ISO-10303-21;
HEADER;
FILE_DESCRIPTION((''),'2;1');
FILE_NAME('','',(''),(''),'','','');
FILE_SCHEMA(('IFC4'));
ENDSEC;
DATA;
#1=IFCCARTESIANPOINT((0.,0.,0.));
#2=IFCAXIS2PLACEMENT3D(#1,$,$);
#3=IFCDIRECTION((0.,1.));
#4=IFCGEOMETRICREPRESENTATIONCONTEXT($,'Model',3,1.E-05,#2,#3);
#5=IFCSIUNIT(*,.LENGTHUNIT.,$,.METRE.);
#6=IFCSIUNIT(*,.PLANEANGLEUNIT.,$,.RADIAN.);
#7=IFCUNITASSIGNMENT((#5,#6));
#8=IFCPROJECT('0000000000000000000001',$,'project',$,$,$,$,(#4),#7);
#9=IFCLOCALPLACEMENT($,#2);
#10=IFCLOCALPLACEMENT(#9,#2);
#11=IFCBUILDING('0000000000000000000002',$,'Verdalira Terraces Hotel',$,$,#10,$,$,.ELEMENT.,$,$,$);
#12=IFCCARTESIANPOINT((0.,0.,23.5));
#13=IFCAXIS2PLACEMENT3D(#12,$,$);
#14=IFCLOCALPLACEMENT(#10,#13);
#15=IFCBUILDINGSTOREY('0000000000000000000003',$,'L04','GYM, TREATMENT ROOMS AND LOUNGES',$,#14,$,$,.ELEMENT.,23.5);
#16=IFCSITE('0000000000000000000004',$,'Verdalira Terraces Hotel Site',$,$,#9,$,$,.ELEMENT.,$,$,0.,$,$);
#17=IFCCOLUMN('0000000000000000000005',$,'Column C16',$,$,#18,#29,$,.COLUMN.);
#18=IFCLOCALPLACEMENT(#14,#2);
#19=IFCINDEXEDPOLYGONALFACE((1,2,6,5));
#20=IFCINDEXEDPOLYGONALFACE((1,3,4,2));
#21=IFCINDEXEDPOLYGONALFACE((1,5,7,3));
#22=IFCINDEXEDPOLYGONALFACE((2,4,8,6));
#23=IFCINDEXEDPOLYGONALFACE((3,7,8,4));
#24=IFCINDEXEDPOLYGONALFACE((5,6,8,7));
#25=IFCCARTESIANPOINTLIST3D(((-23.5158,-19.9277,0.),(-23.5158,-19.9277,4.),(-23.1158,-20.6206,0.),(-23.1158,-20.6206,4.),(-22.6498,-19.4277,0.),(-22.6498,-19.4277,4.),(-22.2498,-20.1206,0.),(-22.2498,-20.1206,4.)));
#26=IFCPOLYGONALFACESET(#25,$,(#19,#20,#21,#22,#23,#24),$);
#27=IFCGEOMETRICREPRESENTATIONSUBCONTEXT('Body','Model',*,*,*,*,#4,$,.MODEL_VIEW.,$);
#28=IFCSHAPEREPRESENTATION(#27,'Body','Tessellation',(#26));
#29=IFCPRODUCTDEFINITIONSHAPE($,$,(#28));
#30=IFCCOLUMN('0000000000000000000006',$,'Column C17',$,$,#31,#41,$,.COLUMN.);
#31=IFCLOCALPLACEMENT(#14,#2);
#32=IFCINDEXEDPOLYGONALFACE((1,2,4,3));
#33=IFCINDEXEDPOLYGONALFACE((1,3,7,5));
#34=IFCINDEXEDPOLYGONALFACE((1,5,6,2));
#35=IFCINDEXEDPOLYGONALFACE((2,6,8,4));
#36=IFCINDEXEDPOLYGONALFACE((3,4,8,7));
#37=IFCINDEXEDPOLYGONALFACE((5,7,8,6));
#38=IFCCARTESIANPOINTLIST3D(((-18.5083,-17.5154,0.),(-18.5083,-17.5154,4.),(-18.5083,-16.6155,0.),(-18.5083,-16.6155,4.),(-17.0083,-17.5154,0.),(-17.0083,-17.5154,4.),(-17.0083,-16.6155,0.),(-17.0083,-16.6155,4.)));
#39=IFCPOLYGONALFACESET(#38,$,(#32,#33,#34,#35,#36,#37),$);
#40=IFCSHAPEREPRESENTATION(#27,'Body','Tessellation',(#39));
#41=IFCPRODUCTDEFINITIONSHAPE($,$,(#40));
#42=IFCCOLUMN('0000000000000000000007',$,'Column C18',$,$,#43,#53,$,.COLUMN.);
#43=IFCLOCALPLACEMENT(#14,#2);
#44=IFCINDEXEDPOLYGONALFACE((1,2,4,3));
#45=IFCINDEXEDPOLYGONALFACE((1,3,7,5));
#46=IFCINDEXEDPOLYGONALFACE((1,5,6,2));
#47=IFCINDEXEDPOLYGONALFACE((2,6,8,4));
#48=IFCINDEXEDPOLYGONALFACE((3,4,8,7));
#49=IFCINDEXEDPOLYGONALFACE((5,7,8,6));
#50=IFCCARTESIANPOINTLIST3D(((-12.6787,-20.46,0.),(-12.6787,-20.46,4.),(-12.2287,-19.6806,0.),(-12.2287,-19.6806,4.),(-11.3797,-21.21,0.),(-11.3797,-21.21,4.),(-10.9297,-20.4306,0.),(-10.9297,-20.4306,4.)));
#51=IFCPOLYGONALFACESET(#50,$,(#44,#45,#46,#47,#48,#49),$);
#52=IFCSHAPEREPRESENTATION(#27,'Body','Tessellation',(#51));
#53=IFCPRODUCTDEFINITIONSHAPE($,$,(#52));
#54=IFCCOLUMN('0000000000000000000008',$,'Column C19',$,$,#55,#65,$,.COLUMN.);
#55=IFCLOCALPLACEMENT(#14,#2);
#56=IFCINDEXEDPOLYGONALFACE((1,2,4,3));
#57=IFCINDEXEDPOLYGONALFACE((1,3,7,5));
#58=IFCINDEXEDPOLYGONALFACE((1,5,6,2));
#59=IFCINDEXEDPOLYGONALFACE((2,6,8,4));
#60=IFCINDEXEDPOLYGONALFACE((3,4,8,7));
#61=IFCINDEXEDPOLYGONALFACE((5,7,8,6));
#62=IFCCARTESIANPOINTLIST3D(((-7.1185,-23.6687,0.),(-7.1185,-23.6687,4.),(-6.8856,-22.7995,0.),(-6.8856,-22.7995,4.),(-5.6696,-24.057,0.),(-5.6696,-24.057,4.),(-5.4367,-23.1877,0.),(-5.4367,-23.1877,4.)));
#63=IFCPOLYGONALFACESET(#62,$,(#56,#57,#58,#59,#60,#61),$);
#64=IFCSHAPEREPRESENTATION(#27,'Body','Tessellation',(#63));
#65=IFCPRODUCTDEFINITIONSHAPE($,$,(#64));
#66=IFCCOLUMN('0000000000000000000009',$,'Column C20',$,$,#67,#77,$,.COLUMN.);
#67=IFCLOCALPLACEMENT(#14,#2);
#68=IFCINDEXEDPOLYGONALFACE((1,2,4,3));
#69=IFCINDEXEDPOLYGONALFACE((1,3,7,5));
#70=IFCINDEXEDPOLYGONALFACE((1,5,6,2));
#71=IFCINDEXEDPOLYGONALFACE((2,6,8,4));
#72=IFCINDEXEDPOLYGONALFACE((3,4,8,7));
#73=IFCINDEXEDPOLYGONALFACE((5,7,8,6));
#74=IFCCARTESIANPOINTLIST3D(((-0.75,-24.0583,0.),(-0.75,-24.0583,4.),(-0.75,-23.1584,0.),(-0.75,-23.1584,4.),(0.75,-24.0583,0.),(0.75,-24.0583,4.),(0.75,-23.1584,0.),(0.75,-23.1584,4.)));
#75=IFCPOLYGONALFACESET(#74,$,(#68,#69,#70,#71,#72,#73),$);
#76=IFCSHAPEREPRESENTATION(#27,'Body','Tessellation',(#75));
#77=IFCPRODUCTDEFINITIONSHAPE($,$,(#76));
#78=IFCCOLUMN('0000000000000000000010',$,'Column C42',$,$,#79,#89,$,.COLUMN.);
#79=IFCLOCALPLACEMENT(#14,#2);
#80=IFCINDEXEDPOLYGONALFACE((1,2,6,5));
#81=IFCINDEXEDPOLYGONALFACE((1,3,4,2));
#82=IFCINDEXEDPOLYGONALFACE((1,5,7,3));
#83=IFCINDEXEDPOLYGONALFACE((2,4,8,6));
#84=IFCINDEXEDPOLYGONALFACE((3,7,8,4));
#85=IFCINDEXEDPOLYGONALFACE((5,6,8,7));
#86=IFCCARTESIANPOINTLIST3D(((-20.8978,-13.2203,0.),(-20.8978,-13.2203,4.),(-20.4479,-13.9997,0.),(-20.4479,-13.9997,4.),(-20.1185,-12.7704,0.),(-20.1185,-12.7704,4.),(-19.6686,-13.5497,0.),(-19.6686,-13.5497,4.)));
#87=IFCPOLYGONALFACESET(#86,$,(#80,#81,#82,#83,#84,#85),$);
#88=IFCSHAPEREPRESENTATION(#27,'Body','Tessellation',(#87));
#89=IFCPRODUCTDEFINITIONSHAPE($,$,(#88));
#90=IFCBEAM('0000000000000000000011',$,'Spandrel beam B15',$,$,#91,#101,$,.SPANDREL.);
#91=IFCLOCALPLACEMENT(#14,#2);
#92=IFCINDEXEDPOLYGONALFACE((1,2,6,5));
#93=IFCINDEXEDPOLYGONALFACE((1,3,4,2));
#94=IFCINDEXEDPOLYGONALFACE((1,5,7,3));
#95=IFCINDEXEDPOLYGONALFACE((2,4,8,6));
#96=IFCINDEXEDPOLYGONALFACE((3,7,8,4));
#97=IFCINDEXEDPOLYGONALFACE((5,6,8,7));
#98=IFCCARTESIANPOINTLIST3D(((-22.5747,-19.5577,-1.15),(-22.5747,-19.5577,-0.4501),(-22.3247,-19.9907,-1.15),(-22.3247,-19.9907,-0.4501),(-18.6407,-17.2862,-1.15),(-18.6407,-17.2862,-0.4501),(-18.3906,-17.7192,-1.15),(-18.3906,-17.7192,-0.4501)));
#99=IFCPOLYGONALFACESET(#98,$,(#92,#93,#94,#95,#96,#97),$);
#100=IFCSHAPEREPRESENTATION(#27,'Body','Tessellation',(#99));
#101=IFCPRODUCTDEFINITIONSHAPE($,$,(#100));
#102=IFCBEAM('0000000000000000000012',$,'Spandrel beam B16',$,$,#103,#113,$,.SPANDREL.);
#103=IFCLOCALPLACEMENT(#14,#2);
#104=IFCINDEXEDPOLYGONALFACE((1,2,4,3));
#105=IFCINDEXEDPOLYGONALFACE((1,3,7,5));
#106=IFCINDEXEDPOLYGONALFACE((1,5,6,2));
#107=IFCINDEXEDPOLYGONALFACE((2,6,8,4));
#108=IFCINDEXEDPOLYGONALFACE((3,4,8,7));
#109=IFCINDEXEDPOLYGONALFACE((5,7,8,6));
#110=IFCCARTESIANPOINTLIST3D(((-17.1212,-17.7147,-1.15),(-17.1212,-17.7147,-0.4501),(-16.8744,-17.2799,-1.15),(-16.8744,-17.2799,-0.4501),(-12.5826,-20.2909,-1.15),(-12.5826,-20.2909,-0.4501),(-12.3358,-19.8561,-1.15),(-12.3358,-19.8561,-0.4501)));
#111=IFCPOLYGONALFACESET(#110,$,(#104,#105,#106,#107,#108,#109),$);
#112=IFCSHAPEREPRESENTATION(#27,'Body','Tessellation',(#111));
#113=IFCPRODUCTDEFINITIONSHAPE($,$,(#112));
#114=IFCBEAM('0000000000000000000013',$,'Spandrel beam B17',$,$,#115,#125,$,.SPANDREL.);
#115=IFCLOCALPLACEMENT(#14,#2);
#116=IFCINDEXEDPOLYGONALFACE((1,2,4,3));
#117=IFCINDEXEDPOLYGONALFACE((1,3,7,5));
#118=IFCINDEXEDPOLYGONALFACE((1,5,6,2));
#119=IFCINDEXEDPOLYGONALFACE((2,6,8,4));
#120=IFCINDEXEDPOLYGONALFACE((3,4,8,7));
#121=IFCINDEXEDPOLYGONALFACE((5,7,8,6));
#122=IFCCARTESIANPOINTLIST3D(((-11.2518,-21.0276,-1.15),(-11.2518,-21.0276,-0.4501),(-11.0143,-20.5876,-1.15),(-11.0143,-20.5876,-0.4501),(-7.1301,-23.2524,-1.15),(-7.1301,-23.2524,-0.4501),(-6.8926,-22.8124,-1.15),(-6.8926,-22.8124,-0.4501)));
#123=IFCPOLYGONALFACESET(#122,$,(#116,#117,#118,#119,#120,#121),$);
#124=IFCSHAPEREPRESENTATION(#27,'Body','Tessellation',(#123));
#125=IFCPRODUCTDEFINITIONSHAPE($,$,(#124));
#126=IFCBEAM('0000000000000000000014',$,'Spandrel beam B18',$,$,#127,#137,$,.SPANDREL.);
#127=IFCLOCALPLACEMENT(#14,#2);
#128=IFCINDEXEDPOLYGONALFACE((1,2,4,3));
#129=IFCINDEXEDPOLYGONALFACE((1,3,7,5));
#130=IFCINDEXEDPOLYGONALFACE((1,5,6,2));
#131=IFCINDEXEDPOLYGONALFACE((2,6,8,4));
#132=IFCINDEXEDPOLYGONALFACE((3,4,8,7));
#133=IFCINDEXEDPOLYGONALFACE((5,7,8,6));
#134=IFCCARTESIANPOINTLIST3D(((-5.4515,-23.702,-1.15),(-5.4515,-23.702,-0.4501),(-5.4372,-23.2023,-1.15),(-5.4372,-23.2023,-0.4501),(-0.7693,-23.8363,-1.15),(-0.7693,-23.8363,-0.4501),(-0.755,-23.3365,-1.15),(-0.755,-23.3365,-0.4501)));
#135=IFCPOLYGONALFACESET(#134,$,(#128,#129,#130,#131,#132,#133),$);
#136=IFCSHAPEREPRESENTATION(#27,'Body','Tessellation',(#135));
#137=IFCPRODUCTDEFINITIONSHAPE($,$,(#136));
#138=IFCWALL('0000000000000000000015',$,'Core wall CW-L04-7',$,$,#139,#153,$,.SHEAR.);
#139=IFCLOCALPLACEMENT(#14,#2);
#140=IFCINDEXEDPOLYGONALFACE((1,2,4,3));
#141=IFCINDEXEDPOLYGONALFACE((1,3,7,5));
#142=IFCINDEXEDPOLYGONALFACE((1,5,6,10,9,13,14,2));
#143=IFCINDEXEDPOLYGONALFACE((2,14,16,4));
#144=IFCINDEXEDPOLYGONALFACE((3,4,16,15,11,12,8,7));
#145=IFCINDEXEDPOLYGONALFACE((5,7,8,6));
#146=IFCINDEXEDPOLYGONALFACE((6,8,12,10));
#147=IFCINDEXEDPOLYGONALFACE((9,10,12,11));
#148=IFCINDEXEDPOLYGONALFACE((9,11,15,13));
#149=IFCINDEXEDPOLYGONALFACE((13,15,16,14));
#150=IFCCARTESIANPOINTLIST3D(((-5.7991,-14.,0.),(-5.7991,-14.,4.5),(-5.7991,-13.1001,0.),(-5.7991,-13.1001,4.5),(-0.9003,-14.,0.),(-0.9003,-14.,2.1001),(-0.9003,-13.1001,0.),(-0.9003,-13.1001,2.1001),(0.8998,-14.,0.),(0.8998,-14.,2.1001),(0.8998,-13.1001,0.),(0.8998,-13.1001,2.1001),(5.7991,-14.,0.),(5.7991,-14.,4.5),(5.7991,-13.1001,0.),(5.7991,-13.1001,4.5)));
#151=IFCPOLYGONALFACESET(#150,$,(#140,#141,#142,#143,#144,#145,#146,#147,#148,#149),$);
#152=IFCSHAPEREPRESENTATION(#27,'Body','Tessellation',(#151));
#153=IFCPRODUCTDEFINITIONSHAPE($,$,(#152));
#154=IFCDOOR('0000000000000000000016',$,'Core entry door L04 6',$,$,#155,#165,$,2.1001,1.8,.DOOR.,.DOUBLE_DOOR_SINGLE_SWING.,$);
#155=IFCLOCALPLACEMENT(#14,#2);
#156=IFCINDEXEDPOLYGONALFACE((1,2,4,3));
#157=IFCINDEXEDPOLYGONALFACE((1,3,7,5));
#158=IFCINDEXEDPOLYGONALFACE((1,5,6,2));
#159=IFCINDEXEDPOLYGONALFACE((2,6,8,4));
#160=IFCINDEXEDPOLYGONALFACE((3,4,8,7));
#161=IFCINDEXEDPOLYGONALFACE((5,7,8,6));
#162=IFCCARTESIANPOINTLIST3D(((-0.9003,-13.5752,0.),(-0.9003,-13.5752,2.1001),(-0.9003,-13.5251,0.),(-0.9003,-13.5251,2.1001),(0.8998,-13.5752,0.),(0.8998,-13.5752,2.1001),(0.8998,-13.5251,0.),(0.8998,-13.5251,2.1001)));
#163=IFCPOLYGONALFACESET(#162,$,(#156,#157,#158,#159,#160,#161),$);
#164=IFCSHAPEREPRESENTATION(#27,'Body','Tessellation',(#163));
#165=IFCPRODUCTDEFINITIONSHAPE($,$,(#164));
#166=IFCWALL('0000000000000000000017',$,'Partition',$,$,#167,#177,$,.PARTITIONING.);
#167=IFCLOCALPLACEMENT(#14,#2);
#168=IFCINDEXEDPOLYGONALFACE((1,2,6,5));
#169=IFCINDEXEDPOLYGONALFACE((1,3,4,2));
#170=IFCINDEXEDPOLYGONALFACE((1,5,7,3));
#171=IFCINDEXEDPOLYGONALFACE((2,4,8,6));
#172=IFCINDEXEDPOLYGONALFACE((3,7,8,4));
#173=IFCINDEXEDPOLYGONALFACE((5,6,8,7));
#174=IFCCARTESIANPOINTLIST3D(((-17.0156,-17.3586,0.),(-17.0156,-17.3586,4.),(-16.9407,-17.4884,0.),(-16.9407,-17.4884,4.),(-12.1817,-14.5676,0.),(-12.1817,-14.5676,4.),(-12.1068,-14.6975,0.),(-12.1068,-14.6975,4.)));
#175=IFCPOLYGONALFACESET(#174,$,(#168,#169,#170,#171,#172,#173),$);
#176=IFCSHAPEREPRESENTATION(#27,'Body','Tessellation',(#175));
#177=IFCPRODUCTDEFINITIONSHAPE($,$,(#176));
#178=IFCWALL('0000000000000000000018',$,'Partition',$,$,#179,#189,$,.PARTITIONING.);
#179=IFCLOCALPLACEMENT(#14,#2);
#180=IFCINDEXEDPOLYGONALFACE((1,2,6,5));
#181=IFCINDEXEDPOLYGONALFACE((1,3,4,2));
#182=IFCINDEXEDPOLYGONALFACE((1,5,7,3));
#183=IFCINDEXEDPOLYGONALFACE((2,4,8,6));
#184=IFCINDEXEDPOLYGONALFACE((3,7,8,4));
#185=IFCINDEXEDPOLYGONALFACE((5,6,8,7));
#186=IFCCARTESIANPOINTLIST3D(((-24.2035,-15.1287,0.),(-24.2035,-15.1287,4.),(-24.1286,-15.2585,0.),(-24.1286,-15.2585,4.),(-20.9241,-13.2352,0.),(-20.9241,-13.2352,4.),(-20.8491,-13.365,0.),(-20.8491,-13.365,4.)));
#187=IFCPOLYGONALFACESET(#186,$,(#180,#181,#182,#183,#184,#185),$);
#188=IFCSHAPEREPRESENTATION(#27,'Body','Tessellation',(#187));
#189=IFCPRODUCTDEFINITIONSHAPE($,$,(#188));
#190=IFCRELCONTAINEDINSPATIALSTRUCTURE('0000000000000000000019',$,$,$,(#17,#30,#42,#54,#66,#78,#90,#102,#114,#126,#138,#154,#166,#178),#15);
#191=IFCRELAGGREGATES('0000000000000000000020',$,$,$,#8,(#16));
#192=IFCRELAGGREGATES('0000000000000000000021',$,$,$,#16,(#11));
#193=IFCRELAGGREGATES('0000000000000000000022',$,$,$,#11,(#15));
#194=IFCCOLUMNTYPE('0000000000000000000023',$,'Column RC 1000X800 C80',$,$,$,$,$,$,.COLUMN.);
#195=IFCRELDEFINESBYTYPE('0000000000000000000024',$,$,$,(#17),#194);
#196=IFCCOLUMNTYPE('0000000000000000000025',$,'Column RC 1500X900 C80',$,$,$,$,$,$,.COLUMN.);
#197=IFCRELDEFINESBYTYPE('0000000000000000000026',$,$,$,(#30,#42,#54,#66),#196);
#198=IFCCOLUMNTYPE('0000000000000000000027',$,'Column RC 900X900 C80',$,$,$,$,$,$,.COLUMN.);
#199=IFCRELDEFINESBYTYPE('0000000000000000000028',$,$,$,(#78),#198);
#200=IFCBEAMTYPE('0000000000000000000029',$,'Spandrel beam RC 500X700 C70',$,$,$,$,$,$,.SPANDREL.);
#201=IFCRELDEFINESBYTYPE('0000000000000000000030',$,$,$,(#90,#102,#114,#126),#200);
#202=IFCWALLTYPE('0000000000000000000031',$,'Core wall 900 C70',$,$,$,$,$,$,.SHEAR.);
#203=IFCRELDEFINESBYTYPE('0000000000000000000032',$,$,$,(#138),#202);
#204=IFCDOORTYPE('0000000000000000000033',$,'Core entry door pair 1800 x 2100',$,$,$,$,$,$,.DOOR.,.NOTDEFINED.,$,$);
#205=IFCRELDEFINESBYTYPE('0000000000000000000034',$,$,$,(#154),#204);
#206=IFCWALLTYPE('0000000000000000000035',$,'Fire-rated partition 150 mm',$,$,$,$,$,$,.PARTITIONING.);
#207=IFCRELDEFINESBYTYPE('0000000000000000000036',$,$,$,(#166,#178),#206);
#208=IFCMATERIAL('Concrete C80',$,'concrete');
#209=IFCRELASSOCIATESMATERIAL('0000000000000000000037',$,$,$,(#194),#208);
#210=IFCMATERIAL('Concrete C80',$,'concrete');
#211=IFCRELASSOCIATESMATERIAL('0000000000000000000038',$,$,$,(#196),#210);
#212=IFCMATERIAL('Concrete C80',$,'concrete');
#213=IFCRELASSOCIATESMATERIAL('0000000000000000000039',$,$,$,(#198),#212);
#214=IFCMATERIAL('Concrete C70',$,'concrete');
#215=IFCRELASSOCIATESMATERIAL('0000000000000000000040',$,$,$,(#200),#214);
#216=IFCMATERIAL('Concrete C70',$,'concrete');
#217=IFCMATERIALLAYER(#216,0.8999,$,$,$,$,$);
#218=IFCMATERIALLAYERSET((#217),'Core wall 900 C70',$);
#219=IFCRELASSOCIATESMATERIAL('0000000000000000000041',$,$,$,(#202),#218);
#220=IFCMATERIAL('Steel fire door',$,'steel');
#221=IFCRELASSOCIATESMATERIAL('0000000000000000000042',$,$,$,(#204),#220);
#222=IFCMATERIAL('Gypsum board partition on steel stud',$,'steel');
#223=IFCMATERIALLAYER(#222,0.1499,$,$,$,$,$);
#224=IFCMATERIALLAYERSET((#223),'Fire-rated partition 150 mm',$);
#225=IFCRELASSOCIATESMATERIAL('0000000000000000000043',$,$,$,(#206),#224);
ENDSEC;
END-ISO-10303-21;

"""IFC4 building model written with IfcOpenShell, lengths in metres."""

from ifc_helpers import new_model, si_unit, direction, frame, frame_2d, origin, origin_2d, place, context, subcontext, project, spatial, rectangle, extrude, material, layer, layer_set, material_profile, profile_set, type_object, element, fill, save


model = new_model("IFC4")

# Units and contexts
model_context = context("Model", 3, precision=1e-05, world=origin(), true_north=direction((0.0, 1.0)))
body_context = subcontext(model_context, "Body", "Model", "MODEL_VIEW")
ifc_project = project(units=[si_unit("LENGTHUNIT", "METRE"), si_unit("PLANEANGLEUNIT", "RADIAN")], contexts=[model_context])

# Site, building, storey
site_placement = place(None, origin())
site = spatial("IfcSite", under=ifc_project, at=site_placement, Name="Verdalira Terraces Hotel Site", CompositionType="ELEMENT", RefElevation=0.0)
building_placement = place(site_placement, origin())
building = spatial("IfcBuilding", under=site, at=building_placement, Name="Verdalira Terraces Hotel", CompositionType="ELEMENT")
storey_placement = place(building_placement, frame((0.0, 0.0, 23.5)))
storey = spatial("IfcBuildingStorey", under=building, at=storey_placement, Name="L04", Description="GYM, TREATMENT ROOMS AND LOUNGES", CompositionType="ELEMENT", Elevation=23.5)

# Columns
ifc_material_1 = material(Name="Concrete C80", Category="concrete")
ifc_material_profile_1 = material_profile(ifc_material_1, rectangle(XDim=1.0, YDim=0.8, at=origin_2d()), Name="RC 1000X800")
ifc_profile_set_1 = profile_set([ifc_material_profile_1], Name="Concrete C80")
column_type_1 = type_object("IfcColumnType", Name="Column RC 1000X800 C80", PredefinedType="COLUMN", material=ifc_profile_set_1)
column_1_placement = place(storey_placement, frame((-22.8828, -20.0242, 0.0), z_axis=(0.0, 0.0, 1.0), x_axis=(0.866025, 0.5, 0.0)))
element("IfcColumn", 1, at=column_1_placement, inside=storey, type_object=column_type_1, Name="Column C16", PredefinedType="COLUMN", context=body_context, shape_type="SweptSolid", body=[
    extrude(rectangle(XDim=1.0, YDim=0.8, at=origin_2d()), origin(), (0.0, 0.0, 1.0), 4.0),
])
ifc_material_2 = material(Name="Concrete C80", Category="concrete")
ifc_material_profile_2 = material_profile(ifc_material_2, rectangle(XDim=1.5, YDim=0.8999, at=origin_2d()), Name="RC 1500X900")
ifc_profile_set_2 = profile_set([ifc_material_profile_2], Name="Concrete C80")
column_type_2 = type_object("IfcColumnType", Name="Column RC 1500X900 C80", PredefinedType="COLUMN", material=ifc_profile_set_2)
for number, where, z_axis, x_axis, name in (
    (2, (-17.7583, -17.0654, 0.0), (0.0, 0.0, 1.0), (-1.0, 0.0, 0.0), "Column C17"),
    (3, (-11.8042, -20.4453, 0.0), (0.0, 0.0, 1.0), (0.866025, -0.5, 0.0), "Column C18"),
    (4, (-6.2776, -23.4282, 0.0), (0.0, 0.0, 1.0), (-0.965926, 0.258819, 0.0), "Column C19"),
    (5, (0.0, -23.6084, 0.0), (0.0, 0.0, 1.0), (1.0, 0.0, 0.0), "Column C20"),
):
    element("IfcColumn", number, at=place(storey_placement, frame(where, z_axis=z_axis, x_axis=x_axis)), inside=storey, type_object=column_type_2, Name=name, PredefinedType="COLUMN", context=body_context, shape_type="SweptSolid", body=[
        extrude(rectangle(XDim=1.5, YDim=0.8999, at=origin_2d()), origin(), (0.0, 0.0, 1.0), 4.0),
    ])
ifc_material_3 = material(Name="Concrete C80", Category="concrete")
ifc_material_profile_3 = material_profile(ifc_material_3, rectangle(XDim=0.8999, YDim=0.8999, at=origin_2d()), Name="RC 900X900")
ifc_profile_set_3 = profile_set([ifc_material_profile_3], Name="Concrete C80")
column_type_3 = type_object("IfcColumnType", Name="Column RC 900X900 C80", PredefinedType="COLUMN", material=ifc_profile_set_3)
column_2_placement = place(storey_placement, frame((-20.2832, -13.385, 0.0), z_axis=(0.0, 0.0, 1.0), x_axis=(-0.866025, -0.5, 0.0)))
element("IfcColumn", 6, at=column_2_placement, inside=storey, type_object=column_type_3, Name="Column C42", PredefinedType="COLUMN", context=body_context, shape_type="SweptSolid", body=[
    extrude(rectangle(XDim=0.8999, YDim=0.8999, at=origin_2d()), origin(), (0.0, 0.0, 1.0), 4.0),
])

# Beams
ifc_material_4 = material(Name="Concrete C70", Category="concrete")
ifc_material_profile_4 = material_profile(ifc_material_4, rectangle(XDim=0.5, YDim=0.7, at=origin_2d()), Name="RC 500X700")
ifc_profile_set_4 = profile_set([ifc_material_profile_4], Name="Concrete C70")
beam_type = type_object("IfcBeamType", Name="Spandrel beam RC 500X700 C70", PredefinedType="SPANDREL", material=ifc_profile_set_4)
beam_1_placement = place(storey_placement, frame((-22.4497, -19.7742, -0.8), z_axis=(0.866012, 0.500023, 0.0), x_axis=(-0.500023, 0.866012, 0.0)))
element("IfcBeam", 7, at=beam_1_placement, inside=storey, type_object=beam_type, Name="Spandrel beam B15", PredefinedType="SPANDREL", context=body_context, shape_type="SweptSolid", body=[
    extrude(rectangle(XDim=0.5, YDim=0.7, at=origin_2d()), origin(), (0.0, 0.0, 1.0), 4.5427),
])
beam_2_placement = place(storey_placement, frame((-16.9978, -17.4973, -0.8), z_axis=(0.869667, -0.493638, 0.0), x_axis=(0.493638, 0.869667, 0.0)))
element("IfcBeam", 8, at=beam_2_placement, inside=storey, type_object=beam_type, Name="Spandrel beam B16", PredefinedType="SPANDREL", context=body_context, shape_type="SweptSolid", body=[
    extrude(rectangle(XDim=0.5, YDim=0.7, at=origin_2d()), origin(), (0.0, 0.0, 1.0), 5.2188),
])
beam_3_placement = place(storey_placement, frame((-11.1331, -20.8076, -0.8), z_axis=(0.879989, -0.474995, 0.0), x_axis=(0.474995, 0.879989, 0.0)))
element("IfcBeam", 9, at=beam_3_placement, inside=storey, type_object=beam_type, Name="Spandrel beam B17", PredefinedType="SPANDREL", context=body_context, shape_type="SweptSolid", body=[
    extrude(rectangle(XDim=0.5, YDim=0.7, at=origin_2d()), origin(), (0.0, 0.0, 1.0), 4.6838),
])
beam_4_placement = place(storey_placement, frame((-5.4443, -23.4521, -0.8), z_axis=(0.999589, -0.028667, 0.0), x_axis=(0.028667, 0.999589, 0.0)))
element("IfcBeam", 10, at=beam_4_placement, inside=storey, type_object=beam_type, Name="Spandrel beam B18", PredefinedType="SPANDREL", context=body_context, shape_type="SweptSolid", body=[
    extrude(rectangle(XDim=0.5, YDim=0.7, at=origin_2d()), origin(), (0.0, 0.0, 1.0), 4.6841),
])

# Wall, opening, door
ifc_material_5 = material(Name="Concrete C70", Category="concrete")
ifc_layer_1 = layer(ifc_material_5, 0.8999)
ifc_layer_set_1 = layer_set([ifc_layer_1], Name="Core wall 900 C70")
wall_type_1 = type_object("IfcWallType", Name="Core wall 900 C70", PredefinedType="SHEAR", material=ifc_layer_set_1)
wall_1_placement = place(storey_placement, frame((-5.7991, -13.55, 0.0), z_axis=(0.0, 0.0, 1.0), x_axis=(1.0, 0.0, 0.0)))
wall_1 = element("IfcWall", 11, at=wall_1_placement, inside=storey, type_object=wall_type_1, Name="Core wall CW-L04-7", PredefinedType="SHEAR", context=body_context, shape_type="SweptSolid", body=[
    extrude(rectangle(XDim=11.5981, YDim=0.8999, at=frame_2d((5.7991, 0.0))), origin(), (0.0, 0.0, 1.0), 4.5),
])
opening_1_placement = place(wall_1_placement, frame((4.8989, 0.0, 0.0)))
opening_1 = element("IfcOpeningElement", 12, at=opening_1_placement, cuts=wall_1, PredefinedType="OPENING", context=body_context, shape_type="SweptSolid", body=[
    extrude(rectangle(XDim=1.8, YDim=2.1001, at=frame_2d((0.8999, 1.05))), frame((0.0, 0.46, 0.0), z_axis=(0.0, -1.0, 0.0), x_axis=(1.0, 0.0, 0.0)), (0.0, 0.0, 1.0), 0.9199),
])
ifc_material_6 = material(Name="Steel fire door", Category="steel")
door_type_1 = type_object("IfcDoorType", Name="Core entry door pair 1800 x 2100", OperationType="NOTDEFINED", PredefinedType="DOOR", material=ifc_material_6)
door_1_placement = place(opening_1_placement, origin())
door_1 = element("IfcDoor", 13, at=door_1_placement, inside=storey, type_object=door_type_1, Name="Core entry door L04 6", OperationType="DOUBLE_DOOR_SINGLE_SWING", OverallHeight=2.1001, OverallWidth=1.8, PredefinedType="DOOR", context=body_context, shape_type="SweptSolid", body=[
    extrude(rectangle(XDim=1.8, YDim=2.1001, at=frame_2d((0.8999, 1.05))), frame((0.0, 0.0249, 0.0), z_axis=(0.0, -1.0, 0.0), x_axis=(1.0, 0.0, 0.0)), (0.0, 0.0, 1.0), 0.05),
])
fill(opening_1, door_1)

# Walls
ifc_material_7 = material(Name="Gypsum board partition on steel stud", Category="steel")
ifc_layer_2 = layer(ifc_material_7, 0.1499)
ifc_layer_set_2 = layer_set([ifc_layer_2], Name="Fire-rated partition 150 mm")
wall_type_2 = type_object("IfcWallType", Name="Fire-rated partition 150 mm", PredefinedType="PARTITIONING", material=ifc_layer_set_2)
wall_2_placement = place(storey_placement, frame((-16.9783, -17.4236, 0.0), z_axis=(0.0, 0.0, 1.0), x_axis=(0.866017, 0.500015, 0.0)))
element("IfcWall", 14, at=wall_2_placement, inside=storey, type_object=wall_type_2, Name="Partition", PredefinedType="PARTITIONING", context=body_context, shape_type="SweptSolid", body=[
    extrude(rectangle(XDim=5.5818, YDim=0.1499, at=frame_2d((2.791, 0.0))), origin(), (0.0, 0.0, 1.0), 4.0),
])
wall_3_placement = place(storey_placement, frame((-20.8865, -13.3, 0.0), z_axis=(0.0, 0.0, 1.0), x_axis=(-0.866013, -0.500022, 0.0)))
element("IfcWall", 15, at=wall_3_placement, inside=storey, type_object=wall_type_2, Name="Partition", PredefinedType="PARTITIONING", context=body_context, shape_type="SweptSolid", body=[
    extrude(rectangle(XDim=3.7869, YDim=0.1499, at=frame_2d((1.8936, 0.0))), origin(), (0.0, 0.0, 1.0), 4.0),
])

save(model, "model.ifc")
